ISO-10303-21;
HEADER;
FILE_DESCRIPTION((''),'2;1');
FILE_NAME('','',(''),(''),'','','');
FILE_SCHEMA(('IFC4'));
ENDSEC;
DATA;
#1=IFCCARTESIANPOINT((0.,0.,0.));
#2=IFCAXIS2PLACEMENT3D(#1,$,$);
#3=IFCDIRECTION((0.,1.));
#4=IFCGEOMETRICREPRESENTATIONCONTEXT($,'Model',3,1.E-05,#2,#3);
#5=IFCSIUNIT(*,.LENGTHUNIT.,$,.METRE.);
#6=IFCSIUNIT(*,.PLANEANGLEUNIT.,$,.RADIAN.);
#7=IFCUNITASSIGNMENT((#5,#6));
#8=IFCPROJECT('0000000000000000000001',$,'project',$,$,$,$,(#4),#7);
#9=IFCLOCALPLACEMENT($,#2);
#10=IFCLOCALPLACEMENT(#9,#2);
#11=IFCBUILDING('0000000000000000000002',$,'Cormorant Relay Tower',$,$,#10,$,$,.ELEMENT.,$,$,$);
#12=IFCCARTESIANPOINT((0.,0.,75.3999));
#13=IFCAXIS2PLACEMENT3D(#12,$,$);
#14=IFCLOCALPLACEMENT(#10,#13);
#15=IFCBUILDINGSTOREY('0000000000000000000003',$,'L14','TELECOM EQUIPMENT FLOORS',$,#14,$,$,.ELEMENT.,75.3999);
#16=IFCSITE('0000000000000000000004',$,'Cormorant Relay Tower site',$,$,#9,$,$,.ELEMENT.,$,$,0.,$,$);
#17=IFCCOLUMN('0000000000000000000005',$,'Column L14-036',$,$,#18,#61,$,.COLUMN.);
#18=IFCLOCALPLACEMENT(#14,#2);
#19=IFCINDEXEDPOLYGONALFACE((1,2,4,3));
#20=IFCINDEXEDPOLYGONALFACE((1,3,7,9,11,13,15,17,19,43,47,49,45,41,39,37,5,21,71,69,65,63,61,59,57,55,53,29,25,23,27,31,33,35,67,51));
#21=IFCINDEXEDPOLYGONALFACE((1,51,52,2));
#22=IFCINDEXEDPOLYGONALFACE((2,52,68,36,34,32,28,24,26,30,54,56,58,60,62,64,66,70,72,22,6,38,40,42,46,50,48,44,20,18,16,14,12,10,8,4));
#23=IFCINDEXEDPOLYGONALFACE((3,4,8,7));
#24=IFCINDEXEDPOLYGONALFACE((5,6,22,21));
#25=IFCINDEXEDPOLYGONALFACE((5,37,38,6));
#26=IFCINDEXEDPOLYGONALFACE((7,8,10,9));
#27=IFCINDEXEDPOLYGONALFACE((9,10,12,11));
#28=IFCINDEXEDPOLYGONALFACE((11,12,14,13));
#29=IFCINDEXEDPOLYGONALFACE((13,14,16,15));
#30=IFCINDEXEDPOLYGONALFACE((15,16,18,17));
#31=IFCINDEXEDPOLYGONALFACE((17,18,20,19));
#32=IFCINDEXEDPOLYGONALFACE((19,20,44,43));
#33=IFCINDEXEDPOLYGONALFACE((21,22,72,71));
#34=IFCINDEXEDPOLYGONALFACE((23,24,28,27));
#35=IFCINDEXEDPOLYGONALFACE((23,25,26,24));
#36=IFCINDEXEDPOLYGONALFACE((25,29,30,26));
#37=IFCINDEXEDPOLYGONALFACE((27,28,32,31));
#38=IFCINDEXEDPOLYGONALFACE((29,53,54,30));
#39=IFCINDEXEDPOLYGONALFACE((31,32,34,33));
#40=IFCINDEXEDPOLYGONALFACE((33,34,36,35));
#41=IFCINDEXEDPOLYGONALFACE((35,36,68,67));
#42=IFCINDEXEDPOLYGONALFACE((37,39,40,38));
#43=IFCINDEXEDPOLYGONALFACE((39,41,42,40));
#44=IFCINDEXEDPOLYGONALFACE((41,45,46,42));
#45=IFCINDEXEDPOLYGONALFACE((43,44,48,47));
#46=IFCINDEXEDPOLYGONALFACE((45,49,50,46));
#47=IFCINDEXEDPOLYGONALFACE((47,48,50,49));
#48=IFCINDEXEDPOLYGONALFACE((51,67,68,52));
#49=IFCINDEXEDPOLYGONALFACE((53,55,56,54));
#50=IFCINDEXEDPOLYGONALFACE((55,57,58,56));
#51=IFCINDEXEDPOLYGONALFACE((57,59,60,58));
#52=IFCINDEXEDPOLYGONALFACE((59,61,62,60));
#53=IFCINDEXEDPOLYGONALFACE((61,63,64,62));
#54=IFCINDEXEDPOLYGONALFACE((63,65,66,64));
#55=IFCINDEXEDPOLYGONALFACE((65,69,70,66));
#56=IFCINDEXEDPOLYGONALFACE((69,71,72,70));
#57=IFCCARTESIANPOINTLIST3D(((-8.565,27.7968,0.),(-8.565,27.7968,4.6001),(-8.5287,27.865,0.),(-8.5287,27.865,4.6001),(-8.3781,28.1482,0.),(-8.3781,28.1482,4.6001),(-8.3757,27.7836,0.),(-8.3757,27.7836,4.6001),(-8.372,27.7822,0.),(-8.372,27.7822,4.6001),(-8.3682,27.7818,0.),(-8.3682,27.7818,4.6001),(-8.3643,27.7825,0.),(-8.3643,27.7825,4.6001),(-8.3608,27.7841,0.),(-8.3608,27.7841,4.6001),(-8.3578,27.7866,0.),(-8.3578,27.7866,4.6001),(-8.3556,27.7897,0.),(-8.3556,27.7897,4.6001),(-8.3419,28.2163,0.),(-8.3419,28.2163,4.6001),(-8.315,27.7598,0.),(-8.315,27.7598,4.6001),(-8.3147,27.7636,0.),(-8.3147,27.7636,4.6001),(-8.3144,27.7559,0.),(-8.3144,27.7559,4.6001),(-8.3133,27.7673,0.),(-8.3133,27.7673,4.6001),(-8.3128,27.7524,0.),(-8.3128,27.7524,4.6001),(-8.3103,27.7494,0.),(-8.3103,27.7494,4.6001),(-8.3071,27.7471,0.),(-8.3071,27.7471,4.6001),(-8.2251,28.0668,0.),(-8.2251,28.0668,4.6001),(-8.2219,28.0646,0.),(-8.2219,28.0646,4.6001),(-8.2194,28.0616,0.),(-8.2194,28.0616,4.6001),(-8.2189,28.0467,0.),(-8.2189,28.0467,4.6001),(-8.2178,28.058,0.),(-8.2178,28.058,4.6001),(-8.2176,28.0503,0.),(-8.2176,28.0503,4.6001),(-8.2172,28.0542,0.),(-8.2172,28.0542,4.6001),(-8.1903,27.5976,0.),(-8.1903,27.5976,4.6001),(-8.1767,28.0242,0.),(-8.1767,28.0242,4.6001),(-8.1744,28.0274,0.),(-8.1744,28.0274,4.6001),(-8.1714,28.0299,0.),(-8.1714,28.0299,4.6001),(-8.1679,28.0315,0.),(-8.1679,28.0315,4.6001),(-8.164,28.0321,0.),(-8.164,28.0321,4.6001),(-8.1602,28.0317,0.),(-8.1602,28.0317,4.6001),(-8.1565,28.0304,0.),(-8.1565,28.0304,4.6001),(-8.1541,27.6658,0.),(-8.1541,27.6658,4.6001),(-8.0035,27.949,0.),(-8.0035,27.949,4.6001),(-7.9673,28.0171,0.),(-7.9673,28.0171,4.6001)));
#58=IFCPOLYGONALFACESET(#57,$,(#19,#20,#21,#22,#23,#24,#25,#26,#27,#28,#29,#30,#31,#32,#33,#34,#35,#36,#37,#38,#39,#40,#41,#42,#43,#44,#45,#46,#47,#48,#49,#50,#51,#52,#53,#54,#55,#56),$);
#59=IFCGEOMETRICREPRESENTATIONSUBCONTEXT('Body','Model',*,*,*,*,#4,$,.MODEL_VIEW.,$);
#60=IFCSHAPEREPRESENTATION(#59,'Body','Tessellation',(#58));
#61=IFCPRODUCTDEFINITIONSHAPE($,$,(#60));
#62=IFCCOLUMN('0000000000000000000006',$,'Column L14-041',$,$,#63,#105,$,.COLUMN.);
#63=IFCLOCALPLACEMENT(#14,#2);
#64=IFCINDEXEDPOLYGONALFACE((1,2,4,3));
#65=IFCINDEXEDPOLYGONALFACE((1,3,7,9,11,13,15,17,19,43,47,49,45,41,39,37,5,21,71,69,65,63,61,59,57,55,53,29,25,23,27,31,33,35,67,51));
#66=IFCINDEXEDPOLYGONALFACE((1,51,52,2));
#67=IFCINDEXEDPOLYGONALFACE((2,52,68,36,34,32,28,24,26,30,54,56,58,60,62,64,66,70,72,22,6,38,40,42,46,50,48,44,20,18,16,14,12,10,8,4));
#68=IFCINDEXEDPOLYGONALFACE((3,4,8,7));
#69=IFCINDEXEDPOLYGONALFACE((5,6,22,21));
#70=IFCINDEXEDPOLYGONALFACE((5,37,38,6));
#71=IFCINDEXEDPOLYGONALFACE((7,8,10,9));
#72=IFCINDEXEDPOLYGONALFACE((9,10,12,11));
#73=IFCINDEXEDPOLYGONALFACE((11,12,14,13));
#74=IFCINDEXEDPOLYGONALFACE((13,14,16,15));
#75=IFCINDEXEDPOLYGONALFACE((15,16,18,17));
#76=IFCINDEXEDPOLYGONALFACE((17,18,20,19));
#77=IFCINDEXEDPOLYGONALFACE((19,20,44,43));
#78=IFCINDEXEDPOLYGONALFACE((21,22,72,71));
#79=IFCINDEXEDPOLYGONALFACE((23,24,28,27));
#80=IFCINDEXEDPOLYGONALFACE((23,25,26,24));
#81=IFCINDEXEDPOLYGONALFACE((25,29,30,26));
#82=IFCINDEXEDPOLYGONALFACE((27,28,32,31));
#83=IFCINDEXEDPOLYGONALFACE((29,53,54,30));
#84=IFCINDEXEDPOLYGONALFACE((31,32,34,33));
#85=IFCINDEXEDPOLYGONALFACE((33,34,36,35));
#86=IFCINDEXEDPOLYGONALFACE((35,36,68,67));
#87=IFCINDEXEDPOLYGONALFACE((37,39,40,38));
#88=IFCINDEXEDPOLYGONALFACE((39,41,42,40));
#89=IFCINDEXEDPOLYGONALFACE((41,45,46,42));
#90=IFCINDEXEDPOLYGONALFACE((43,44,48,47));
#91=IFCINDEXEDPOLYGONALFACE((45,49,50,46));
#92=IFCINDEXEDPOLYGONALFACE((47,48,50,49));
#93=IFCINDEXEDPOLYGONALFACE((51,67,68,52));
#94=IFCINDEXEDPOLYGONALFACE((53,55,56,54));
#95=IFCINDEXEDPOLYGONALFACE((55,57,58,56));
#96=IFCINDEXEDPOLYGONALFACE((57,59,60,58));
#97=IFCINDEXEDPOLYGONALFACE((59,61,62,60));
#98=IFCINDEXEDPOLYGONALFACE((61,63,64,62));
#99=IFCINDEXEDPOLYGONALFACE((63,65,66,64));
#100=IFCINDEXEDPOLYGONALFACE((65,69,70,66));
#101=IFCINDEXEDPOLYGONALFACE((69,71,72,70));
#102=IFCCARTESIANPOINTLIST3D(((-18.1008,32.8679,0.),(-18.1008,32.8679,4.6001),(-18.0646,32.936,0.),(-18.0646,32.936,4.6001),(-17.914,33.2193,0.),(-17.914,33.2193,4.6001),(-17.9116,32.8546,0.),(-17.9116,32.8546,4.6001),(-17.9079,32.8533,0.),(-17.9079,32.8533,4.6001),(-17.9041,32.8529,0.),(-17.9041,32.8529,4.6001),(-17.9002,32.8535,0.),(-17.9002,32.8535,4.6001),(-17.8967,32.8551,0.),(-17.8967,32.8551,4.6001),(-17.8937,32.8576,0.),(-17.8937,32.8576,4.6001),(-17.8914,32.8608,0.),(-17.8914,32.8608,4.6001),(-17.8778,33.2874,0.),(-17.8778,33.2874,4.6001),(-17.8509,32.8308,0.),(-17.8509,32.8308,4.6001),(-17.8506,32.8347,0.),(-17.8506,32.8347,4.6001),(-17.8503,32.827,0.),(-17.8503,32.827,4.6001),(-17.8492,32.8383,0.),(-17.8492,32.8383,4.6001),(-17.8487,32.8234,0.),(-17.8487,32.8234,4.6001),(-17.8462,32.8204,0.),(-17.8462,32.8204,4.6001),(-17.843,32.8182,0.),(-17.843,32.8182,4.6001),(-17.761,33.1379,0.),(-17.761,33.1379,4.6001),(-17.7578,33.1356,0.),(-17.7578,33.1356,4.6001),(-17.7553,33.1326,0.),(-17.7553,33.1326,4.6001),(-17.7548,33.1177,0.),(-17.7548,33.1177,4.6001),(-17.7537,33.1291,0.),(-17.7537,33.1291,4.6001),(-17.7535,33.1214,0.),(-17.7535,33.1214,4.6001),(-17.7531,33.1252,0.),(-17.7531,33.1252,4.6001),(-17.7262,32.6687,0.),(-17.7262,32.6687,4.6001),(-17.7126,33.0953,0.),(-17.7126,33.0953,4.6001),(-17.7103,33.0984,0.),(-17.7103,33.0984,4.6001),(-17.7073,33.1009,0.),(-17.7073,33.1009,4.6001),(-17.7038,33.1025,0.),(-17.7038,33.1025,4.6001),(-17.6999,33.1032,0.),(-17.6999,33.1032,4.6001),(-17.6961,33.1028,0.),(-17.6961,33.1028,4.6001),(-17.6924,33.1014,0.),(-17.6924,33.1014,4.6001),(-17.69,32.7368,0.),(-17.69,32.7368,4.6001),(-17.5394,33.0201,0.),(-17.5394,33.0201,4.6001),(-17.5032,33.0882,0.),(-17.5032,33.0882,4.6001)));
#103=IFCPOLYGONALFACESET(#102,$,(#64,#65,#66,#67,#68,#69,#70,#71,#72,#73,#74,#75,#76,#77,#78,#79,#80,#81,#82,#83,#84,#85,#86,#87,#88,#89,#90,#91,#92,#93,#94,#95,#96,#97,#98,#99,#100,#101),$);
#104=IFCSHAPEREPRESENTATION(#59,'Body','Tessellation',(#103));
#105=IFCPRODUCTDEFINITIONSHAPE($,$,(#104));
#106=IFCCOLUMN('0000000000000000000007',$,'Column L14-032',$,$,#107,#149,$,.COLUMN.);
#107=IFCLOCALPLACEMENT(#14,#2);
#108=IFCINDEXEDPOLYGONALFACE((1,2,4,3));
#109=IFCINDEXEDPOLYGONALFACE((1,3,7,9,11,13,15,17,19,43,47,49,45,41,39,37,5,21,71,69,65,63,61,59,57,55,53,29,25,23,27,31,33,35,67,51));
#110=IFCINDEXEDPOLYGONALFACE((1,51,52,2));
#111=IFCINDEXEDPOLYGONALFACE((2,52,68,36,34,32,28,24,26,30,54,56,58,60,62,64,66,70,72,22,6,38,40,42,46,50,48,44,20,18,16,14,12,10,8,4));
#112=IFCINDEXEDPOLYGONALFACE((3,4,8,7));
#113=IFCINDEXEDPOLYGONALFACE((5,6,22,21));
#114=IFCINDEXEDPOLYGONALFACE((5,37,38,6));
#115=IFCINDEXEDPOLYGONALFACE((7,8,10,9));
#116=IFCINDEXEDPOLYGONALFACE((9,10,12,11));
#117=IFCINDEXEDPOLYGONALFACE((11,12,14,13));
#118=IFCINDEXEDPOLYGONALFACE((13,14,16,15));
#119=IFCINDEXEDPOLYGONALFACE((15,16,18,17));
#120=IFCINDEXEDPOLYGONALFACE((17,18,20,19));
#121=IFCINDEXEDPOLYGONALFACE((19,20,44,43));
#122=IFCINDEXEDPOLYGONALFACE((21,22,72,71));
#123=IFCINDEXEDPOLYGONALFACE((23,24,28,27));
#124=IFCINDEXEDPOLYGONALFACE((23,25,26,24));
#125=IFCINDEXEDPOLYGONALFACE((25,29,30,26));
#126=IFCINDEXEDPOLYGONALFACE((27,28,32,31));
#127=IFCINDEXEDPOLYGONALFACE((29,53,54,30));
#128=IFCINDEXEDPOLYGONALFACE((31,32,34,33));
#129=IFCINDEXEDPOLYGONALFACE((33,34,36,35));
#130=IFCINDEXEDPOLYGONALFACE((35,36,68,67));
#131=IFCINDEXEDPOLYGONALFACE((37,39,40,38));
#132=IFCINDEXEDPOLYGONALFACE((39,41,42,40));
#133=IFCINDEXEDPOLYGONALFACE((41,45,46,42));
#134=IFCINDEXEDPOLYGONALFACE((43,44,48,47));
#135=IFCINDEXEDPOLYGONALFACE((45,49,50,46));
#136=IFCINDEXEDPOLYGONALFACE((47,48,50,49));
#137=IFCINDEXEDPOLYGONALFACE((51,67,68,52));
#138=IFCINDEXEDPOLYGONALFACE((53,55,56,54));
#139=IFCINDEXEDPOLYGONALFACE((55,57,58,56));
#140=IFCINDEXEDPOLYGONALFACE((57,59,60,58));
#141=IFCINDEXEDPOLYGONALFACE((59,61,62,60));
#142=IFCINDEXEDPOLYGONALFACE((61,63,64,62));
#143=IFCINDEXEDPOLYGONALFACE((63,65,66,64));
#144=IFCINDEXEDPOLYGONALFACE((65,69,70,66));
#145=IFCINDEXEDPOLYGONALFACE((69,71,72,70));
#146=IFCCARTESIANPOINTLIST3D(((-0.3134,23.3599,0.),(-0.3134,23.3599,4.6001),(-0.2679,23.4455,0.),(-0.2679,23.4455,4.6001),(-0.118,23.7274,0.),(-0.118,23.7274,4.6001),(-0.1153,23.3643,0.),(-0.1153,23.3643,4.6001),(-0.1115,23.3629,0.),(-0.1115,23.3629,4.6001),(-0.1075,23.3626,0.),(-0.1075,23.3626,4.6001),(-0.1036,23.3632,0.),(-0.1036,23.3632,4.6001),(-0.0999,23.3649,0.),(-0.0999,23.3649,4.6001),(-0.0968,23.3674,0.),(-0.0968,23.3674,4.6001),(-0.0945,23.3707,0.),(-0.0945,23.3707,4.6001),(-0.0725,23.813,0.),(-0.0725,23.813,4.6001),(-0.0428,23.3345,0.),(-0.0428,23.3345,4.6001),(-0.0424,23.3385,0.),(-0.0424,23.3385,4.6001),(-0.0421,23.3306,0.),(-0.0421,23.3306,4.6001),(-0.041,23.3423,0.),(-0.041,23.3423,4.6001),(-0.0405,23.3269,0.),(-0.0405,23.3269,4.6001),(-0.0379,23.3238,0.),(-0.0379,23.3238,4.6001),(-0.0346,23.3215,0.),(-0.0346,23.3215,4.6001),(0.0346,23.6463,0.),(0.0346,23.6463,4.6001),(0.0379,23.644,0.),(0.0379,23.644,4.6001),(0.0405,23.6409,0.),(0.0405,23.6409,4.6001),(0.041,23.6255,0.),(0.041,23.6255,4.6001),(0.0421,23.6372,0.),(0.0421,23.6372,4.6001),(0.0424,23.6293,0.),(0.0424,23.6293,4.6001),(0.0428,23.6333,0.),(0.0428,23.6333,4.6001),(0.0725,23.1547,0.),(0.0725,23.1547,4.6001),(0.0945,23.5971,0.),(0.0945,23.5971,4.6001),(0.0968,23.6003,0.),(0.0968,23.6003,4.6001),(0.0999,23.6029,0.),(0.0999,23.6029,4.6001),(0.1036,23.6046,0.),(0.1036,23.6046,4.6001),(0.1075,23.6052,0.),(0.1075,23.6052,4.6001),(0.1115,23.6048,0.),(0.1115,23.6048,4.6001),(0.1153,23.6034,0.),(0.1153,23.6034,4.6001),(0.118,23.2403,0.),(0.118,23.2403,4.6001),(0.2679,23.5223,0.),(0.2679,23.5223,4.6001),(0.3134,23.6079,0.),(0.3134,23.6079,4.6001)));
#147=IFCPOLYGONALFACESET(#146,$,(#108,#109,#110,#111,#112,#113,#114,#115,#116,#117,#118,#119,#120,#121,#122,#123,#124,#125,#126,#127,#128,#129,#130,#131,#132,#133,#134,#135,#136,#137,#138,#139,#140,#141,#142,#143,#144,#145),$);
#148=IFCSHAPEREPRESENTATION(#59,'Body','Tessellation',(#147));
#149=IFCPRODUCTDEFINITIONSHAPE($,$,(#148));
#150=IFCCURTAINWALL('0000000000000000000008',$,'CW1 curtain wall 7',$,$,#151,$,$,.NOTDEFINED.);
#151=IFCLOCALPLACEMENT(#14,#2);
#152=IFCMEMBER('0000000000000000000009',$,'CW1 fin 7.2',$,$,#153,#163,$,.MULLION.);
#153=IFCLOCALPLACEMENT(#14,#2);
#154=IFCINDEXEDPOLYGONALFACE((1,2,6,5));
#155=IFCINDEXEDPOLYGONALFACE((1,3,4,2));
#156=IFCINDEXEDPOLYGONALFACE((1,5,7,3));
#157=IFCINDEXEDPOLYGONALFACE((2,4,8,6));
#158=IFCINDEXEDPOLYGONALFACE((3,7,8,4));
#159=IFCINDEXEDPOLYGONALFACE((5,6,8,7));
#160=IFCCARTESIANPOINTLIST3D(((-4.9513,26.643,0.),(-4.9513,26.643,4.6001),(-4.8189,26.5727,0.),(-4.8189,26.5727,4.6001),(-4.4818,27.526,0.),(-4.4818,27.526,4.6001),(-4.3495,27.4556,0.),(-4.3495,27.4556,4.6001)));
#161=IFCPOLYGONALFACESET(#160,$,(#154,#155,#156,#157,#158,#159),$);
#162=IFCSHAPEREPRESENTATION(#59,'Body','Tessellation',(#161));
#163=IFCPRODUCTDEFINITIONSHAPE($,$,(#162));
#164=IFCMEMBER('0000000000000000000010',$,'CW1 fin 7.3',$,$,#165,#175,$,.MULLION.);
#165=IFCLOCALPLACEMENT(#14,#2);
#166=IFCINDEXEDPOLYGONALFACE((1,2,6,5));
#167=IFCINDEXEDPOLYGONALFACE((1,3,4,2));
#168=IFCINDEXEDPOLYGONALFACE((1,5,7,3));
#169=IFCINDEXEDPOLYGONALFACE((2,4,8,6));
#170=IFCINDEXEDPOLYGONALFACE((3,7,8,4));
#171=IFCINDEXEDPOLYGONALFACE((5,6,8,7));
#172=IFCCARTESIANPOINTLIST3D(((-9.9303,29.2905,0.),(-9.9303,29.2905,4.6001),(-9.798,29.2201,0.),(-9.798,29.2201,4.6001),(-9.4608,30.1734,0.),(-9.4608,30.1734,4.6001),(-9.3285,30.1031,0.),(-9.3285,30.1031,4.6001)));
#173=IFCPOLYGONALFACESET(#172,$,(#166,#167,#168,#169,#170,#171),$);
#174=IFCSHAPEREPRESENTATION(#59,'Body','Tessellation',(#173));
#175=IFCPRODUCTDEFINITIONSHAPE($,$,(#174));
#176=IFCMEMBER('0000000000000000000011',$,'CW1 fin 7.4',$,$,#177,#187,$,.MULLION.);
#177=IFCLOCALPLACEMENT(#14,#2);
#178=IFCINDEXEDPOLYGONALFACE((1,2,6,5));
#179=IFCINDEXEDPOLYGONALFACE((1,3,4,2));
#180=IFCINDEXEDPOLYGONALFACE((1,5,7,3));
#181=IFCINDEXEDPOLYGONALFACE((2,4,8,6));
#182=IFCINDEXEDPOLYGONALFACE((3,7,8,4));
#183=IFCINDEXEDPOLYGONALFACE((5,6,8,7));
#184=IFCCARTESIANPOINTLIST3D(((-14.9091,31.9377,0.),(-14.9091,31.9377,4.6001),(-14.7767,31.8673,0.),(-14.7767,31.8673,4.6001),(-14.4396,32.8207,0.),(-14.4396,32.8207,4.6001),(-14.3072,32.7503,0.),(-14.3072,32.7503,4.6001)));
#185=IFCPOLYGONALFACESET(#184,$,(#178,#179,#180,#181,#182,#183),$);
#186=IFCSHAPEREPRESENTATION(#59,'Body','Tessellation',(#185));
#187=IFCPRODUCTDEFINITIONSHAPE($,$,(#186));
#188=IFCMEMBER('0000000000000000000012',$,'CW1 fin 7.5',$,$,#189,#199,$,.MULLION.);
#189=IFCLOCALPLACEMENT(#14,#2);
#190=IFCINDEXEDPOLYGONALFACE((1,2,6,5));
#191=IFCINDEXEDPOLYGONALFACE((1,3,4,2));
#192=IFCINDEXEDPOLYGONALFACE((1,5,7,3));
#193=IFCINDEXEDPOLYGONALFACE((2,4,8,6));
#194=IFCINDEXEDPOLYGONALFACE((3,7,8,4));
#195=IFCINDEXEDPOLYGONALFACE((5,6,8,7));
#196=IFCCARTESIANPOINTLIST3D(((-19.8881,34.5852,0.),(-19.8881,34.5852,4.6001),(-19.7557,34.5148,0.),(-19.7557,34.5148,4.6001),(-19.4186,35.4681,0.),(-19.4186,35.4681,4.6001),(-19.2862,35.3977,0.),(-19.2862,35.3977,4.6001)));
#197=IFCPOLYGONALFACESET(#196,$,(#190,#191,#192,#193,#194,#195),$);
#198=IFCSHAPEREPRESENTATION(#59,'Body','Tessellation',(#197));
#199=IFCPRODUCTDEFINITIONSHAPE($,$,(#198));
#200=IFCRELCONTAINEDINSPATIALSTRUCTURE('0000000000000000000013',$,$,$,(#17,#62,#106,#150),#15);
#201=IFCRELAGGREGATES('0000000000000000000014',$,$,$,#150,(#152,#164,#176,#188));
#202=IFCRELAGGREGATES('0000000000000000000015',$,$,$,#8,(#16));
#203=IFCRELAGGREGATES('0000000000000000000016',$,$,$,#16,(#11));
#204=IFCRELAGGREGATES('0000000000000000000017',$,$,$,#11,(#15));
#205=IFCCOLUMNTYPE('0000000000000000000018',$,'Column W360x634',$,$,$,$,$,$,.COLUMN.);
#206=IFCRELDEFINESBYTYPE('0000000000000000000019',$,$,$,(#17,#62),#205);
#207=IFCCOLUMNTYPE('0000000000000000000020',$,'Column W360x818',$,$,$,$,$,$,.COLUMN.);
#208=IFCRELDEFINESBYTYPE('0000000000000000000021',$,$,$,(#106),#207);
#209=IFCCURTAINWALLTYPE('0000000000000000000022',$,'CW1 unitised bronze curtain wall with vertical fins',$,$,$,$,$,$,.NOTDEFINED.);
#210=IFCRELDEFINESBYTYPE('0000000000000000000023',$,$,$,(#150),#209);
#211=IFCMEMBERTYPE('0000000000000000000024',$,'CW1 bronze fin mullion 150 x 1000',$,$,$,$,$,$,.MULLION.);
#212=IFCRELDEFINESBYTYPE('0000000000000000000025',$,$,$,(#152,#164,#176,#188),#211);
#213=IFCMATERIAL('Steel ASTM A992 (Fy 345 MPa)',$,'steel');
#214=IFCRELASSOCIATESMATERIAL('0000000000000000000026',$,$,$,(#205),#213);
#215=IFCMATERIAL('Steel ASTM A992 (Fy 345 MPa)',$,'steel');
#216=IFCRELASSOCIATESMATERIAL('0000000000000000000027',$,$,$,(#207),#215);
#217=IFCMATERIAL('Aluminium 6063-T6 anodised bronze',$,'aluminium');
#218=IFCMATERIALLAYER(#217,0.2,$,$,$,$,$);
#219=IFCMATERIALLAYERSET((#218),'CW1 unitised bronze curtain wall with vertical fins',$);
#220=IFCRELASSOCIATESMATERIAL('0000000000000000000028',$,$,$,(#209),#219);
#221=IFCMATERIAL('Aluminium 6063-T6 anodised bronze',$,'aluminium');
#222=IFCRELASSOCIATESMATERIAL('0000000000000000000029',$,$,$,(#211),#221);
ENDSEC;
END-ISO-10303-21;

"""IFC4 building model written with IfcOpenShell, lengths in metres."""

from ifc_helpers import new_model, si_unit, direction, frame, origin, origin_2d, place, context, subcontext, project, spatial, rectangle, i_section, extrude, material, layer, layer_set, material_profile, profile_set, type_object, element, aggregate, save


model = new_model("IFC4")

# Units and contexts
model_context = context("Model", 3, precision=1e-05, world=origin(), true_north=direction((0.0, 1.0)))
body_context = subcontext(model_context, "Body", "Model", "MODEL_VIEW")
ifc_project = project(units=[si_unit("LENGTHUNIT", "METRE"), si_unit("PLANEANGLEUNIT", "RADIAN")], contexts=[model_context])

# Site, building, storey
site_placement = place(None, origin())
site = spatial("IfcSite", under=ifc_project, at=site_placement, Name="Cormorant Relay Tower site", CompositionType="ELEMENT", RefElevation=0.0)
building_placement = place(site_placement, origin())
building = spatial("IfcBuilding", under=site, at=building_placement, Name="Cormorant Relay Tower", CompositionType="ELEMENT")
storey_placement = place(building_placement, frame((0.0, 0.0, 75.3999)))
storey = spatial("IfcBuildingStorey", under=building, at=storey_placement, Name="L14", Description="TELECOM EQUIPMENT FLOORS", CompositionType="ELEMENT", Elevation=75.3999)

# Columns
ifc_material_1 = material(Name="Steel ASTM A992 (Fy 345 MPa)", Category="steel")
ifc_material_profile_1 = material_profile(ifc_material_1, i_section(OverallWidth=0.4243, OverallDepth=0.4751, WebThickness=0.0479, FlangeThickness=0.0771, FilletRadius=0.0149, at=origin_2d()), Name="W360x634")
ifc_profile_set_1 = profile_set([ifc_material_profile_1], Name="Steel ASTM A992 (Fy 345 MPa)")
column_type_1 = type_object("IfcColumnType", Name="Column W360x634", PredefinedType="COLUMN", material=ifc_profile_set_1)
for number, where, z_axis, x_axis, name in (
    (1, (-8.2661, 27.907, 0.0), (0.0, 0.0, 1.0), (-0.882948, 0.469472, 0.0), "Column L14-036"),
    (2, (-17.802, 32.978, 0.0), (0.0, 0.0, 1.0), (-0.882948, 0.469472, 0.0), "Column L14-041"),
):
    element("IfcColumn", number, at=place(storey_placement, frame(where, z_axis=z_axis, x_axis=x_axis)), inside=storey, type_object=column_type_1, Name=name, PredefinedType="COLUMN", context=body_context, shape_type="SweptSolid", body=[
        extrude(i_section(OverallWidth=0.4243, OverallDepth=0.4751, WebThickness=0.0479, FlangeThickness=0.0771, FilletRadius=0.0149, at=origin_2d()), origin(), (0.0, 0.0, 1.0), 4.6001),
    ])
ifc_material_2 = material(Name="Steel ASTM A992 (Fy 345 MPa)", Category="steel")
ifc_material_profile_2 = material_profile(ifc_material_2, i_section(OverallWidth=0.437, OverallDepth=0.5132, WebThickness=0.0605, FlangeThickness=0.0969, FilletRadius=0.0154, at=origin_2d()), Name="W360x818")
ifc_profile_set_2 = profile_set([ifc_material_profile_2], Name="Steel ASTM A992 (Fy 345 MPa)")
column_type_2 = type_object("IfcColumnType", Name="Column W360x818", PredefinedType="COLUMN", material=ifc_profile_set_2)
column_placement = place(storey_placement, frame((0.0, 23.4839, 0.0), z_axis=(0.0, 0.0, 1.0), x_axis=(-0.882948, 0.469472, 0.0)))
element("IfcColumn", 3, at=column_placement, inside=storey, type_object=column_type_2, Name="Column L14-032", PredefinedType="COLUMN", context=body_context, shape_type="SweptSolid", body=[
    extrude(i_section(OverallWidth=0.437, OverallDepth=0.5132, WebThickness=0.0605, FlangeThickness=0.0969, FilletRadius=0.0154, at=origin_2d()), origin(), (0.0, 0.0, 1.0), 4.6001),
])

# Curtain wall, members
ifc_material_3 = material(Name="Aluminium 6063-T6 anodised bronze", Category="aluminium")
ifc_layer_1 = layer(ifc_material_3, 0.2)
ifc_layer_set_1 = layer_set([ifc_layer_1], Name="CW1 unitised bronze curtain wall with vertical fins")
curtain_wall_type = type_object("IfcCurtainWallType", Name="CW1 unitised bronze curtain wall with vertical fins", PredefinedType="NOTDEFINED", material=ifc_layer_set_1)
curtain_wall_placement = place(storey_placement, origin())
curtain_wall = element("IfcCurtainWall", 4, at=curtain_wall_placement, inside=storey, type_object=curtain_wall_type, Name="CW1 curtain wall 7", PredefinedType="NOTDEFINED")
ifc_material_4 = material(Name="Aluminium 6063-T6 anodised bronze", Category="aluminium")
ifc_material_profile_3 = material_profile(ifc_material_4, rectangle(XDim=0.1499, YDim=1.0, at=origin_2d()), Name="AL 150x1000")
ifc_profile_set_3 = profile_set([ifc_material_profile_3], Name="Aluminium 6063-T6 anodised bronze")
member_type = type_object("IfcMemberType", Name="CW1 bronze fin mullion 150 x 1000", PredefinedType="MULLION", material=ifc_profile_set_3)
member_1_placement = place(storey_placement, frame((-4.6504, 27.0493, 0.0), z_axis=(0.0, 0.0, 1.0), x_axis=(-0.882948, 0.469472, 0.0)))
member_1 = element("IfcMember", 5, at=member_1_placement, type_object=member_type, Name="CW1 fin 7.2", PredefinedType="MULLION", context=body_context, shape_type="SweptSolid", body=[
    extrude(rectangle(XDim=0.1499, YDim=1.0, at=origin_2d()), origin(), (0.0, 0.0, 1.0), 4.6001),
])
member_2_placement = place(storey_placement, frame((-9.6294, 29.6968, 0.0), z_axis=(0.0, 0.0, 1.0), x_axis=(-0.882948, 0.469472, 0.0)))
member_2 = element("IfcMember", 6, at=member_2_placement, type_object=member_type, Name="CW1 fin 7.3", PredefinedType="MULLION", context=body_context, shape_type="SweptSolid", body=[
    extrude(rectangle(XDim=0.1499, YDim=1.0, at=origin_2d()), origin(), (0.0, 0.0, 1.0), 4.6001),
])
member_3_placement = place(storey_placement, frame((-14.6082, 32.344, 0.0), z_axis=(0.0, 0.0, 1.0), x_axis=(-0.882948, 0.469472, 0.0)))
member_3 = element("IfcMember", 7, at=member_3_placement, type_object=member_type, Name="CW1 fin 7.4", PredefinedType="MULLION", context=body_context, shape_type="SweptSolid", body=[
    extrude(rectangle(XDim=0.1499, YDim=1.0, at=origin_2d()), origin(), (0.0, 0.0, 1.0), 4.6001),
])
member_4_placement = place(storey_placement, frame((-19.5872, 34.9915, 0.0), z_axis=(0.0, 0.0, 1.0), x_axis=(-0.882948, 0.469472, 0.0)))
member_4 = element("IfcMember", 8, at=member_4_placement, type_object=member_type, Name="CW1 fin 7.5", PredefinedType="MULLION", context=body_context, shape_type="SweptSolid", body=[
    extrude(rectangle(XDim=0.1499, YDim=1.0, at=origin_2d()), origin(), (0.0, 0.0, 1.0), 4.6001),
])

aggregate(curtain_wall, [member_1, member_2, member_3, member_4])

save(model, "model.ifc")
